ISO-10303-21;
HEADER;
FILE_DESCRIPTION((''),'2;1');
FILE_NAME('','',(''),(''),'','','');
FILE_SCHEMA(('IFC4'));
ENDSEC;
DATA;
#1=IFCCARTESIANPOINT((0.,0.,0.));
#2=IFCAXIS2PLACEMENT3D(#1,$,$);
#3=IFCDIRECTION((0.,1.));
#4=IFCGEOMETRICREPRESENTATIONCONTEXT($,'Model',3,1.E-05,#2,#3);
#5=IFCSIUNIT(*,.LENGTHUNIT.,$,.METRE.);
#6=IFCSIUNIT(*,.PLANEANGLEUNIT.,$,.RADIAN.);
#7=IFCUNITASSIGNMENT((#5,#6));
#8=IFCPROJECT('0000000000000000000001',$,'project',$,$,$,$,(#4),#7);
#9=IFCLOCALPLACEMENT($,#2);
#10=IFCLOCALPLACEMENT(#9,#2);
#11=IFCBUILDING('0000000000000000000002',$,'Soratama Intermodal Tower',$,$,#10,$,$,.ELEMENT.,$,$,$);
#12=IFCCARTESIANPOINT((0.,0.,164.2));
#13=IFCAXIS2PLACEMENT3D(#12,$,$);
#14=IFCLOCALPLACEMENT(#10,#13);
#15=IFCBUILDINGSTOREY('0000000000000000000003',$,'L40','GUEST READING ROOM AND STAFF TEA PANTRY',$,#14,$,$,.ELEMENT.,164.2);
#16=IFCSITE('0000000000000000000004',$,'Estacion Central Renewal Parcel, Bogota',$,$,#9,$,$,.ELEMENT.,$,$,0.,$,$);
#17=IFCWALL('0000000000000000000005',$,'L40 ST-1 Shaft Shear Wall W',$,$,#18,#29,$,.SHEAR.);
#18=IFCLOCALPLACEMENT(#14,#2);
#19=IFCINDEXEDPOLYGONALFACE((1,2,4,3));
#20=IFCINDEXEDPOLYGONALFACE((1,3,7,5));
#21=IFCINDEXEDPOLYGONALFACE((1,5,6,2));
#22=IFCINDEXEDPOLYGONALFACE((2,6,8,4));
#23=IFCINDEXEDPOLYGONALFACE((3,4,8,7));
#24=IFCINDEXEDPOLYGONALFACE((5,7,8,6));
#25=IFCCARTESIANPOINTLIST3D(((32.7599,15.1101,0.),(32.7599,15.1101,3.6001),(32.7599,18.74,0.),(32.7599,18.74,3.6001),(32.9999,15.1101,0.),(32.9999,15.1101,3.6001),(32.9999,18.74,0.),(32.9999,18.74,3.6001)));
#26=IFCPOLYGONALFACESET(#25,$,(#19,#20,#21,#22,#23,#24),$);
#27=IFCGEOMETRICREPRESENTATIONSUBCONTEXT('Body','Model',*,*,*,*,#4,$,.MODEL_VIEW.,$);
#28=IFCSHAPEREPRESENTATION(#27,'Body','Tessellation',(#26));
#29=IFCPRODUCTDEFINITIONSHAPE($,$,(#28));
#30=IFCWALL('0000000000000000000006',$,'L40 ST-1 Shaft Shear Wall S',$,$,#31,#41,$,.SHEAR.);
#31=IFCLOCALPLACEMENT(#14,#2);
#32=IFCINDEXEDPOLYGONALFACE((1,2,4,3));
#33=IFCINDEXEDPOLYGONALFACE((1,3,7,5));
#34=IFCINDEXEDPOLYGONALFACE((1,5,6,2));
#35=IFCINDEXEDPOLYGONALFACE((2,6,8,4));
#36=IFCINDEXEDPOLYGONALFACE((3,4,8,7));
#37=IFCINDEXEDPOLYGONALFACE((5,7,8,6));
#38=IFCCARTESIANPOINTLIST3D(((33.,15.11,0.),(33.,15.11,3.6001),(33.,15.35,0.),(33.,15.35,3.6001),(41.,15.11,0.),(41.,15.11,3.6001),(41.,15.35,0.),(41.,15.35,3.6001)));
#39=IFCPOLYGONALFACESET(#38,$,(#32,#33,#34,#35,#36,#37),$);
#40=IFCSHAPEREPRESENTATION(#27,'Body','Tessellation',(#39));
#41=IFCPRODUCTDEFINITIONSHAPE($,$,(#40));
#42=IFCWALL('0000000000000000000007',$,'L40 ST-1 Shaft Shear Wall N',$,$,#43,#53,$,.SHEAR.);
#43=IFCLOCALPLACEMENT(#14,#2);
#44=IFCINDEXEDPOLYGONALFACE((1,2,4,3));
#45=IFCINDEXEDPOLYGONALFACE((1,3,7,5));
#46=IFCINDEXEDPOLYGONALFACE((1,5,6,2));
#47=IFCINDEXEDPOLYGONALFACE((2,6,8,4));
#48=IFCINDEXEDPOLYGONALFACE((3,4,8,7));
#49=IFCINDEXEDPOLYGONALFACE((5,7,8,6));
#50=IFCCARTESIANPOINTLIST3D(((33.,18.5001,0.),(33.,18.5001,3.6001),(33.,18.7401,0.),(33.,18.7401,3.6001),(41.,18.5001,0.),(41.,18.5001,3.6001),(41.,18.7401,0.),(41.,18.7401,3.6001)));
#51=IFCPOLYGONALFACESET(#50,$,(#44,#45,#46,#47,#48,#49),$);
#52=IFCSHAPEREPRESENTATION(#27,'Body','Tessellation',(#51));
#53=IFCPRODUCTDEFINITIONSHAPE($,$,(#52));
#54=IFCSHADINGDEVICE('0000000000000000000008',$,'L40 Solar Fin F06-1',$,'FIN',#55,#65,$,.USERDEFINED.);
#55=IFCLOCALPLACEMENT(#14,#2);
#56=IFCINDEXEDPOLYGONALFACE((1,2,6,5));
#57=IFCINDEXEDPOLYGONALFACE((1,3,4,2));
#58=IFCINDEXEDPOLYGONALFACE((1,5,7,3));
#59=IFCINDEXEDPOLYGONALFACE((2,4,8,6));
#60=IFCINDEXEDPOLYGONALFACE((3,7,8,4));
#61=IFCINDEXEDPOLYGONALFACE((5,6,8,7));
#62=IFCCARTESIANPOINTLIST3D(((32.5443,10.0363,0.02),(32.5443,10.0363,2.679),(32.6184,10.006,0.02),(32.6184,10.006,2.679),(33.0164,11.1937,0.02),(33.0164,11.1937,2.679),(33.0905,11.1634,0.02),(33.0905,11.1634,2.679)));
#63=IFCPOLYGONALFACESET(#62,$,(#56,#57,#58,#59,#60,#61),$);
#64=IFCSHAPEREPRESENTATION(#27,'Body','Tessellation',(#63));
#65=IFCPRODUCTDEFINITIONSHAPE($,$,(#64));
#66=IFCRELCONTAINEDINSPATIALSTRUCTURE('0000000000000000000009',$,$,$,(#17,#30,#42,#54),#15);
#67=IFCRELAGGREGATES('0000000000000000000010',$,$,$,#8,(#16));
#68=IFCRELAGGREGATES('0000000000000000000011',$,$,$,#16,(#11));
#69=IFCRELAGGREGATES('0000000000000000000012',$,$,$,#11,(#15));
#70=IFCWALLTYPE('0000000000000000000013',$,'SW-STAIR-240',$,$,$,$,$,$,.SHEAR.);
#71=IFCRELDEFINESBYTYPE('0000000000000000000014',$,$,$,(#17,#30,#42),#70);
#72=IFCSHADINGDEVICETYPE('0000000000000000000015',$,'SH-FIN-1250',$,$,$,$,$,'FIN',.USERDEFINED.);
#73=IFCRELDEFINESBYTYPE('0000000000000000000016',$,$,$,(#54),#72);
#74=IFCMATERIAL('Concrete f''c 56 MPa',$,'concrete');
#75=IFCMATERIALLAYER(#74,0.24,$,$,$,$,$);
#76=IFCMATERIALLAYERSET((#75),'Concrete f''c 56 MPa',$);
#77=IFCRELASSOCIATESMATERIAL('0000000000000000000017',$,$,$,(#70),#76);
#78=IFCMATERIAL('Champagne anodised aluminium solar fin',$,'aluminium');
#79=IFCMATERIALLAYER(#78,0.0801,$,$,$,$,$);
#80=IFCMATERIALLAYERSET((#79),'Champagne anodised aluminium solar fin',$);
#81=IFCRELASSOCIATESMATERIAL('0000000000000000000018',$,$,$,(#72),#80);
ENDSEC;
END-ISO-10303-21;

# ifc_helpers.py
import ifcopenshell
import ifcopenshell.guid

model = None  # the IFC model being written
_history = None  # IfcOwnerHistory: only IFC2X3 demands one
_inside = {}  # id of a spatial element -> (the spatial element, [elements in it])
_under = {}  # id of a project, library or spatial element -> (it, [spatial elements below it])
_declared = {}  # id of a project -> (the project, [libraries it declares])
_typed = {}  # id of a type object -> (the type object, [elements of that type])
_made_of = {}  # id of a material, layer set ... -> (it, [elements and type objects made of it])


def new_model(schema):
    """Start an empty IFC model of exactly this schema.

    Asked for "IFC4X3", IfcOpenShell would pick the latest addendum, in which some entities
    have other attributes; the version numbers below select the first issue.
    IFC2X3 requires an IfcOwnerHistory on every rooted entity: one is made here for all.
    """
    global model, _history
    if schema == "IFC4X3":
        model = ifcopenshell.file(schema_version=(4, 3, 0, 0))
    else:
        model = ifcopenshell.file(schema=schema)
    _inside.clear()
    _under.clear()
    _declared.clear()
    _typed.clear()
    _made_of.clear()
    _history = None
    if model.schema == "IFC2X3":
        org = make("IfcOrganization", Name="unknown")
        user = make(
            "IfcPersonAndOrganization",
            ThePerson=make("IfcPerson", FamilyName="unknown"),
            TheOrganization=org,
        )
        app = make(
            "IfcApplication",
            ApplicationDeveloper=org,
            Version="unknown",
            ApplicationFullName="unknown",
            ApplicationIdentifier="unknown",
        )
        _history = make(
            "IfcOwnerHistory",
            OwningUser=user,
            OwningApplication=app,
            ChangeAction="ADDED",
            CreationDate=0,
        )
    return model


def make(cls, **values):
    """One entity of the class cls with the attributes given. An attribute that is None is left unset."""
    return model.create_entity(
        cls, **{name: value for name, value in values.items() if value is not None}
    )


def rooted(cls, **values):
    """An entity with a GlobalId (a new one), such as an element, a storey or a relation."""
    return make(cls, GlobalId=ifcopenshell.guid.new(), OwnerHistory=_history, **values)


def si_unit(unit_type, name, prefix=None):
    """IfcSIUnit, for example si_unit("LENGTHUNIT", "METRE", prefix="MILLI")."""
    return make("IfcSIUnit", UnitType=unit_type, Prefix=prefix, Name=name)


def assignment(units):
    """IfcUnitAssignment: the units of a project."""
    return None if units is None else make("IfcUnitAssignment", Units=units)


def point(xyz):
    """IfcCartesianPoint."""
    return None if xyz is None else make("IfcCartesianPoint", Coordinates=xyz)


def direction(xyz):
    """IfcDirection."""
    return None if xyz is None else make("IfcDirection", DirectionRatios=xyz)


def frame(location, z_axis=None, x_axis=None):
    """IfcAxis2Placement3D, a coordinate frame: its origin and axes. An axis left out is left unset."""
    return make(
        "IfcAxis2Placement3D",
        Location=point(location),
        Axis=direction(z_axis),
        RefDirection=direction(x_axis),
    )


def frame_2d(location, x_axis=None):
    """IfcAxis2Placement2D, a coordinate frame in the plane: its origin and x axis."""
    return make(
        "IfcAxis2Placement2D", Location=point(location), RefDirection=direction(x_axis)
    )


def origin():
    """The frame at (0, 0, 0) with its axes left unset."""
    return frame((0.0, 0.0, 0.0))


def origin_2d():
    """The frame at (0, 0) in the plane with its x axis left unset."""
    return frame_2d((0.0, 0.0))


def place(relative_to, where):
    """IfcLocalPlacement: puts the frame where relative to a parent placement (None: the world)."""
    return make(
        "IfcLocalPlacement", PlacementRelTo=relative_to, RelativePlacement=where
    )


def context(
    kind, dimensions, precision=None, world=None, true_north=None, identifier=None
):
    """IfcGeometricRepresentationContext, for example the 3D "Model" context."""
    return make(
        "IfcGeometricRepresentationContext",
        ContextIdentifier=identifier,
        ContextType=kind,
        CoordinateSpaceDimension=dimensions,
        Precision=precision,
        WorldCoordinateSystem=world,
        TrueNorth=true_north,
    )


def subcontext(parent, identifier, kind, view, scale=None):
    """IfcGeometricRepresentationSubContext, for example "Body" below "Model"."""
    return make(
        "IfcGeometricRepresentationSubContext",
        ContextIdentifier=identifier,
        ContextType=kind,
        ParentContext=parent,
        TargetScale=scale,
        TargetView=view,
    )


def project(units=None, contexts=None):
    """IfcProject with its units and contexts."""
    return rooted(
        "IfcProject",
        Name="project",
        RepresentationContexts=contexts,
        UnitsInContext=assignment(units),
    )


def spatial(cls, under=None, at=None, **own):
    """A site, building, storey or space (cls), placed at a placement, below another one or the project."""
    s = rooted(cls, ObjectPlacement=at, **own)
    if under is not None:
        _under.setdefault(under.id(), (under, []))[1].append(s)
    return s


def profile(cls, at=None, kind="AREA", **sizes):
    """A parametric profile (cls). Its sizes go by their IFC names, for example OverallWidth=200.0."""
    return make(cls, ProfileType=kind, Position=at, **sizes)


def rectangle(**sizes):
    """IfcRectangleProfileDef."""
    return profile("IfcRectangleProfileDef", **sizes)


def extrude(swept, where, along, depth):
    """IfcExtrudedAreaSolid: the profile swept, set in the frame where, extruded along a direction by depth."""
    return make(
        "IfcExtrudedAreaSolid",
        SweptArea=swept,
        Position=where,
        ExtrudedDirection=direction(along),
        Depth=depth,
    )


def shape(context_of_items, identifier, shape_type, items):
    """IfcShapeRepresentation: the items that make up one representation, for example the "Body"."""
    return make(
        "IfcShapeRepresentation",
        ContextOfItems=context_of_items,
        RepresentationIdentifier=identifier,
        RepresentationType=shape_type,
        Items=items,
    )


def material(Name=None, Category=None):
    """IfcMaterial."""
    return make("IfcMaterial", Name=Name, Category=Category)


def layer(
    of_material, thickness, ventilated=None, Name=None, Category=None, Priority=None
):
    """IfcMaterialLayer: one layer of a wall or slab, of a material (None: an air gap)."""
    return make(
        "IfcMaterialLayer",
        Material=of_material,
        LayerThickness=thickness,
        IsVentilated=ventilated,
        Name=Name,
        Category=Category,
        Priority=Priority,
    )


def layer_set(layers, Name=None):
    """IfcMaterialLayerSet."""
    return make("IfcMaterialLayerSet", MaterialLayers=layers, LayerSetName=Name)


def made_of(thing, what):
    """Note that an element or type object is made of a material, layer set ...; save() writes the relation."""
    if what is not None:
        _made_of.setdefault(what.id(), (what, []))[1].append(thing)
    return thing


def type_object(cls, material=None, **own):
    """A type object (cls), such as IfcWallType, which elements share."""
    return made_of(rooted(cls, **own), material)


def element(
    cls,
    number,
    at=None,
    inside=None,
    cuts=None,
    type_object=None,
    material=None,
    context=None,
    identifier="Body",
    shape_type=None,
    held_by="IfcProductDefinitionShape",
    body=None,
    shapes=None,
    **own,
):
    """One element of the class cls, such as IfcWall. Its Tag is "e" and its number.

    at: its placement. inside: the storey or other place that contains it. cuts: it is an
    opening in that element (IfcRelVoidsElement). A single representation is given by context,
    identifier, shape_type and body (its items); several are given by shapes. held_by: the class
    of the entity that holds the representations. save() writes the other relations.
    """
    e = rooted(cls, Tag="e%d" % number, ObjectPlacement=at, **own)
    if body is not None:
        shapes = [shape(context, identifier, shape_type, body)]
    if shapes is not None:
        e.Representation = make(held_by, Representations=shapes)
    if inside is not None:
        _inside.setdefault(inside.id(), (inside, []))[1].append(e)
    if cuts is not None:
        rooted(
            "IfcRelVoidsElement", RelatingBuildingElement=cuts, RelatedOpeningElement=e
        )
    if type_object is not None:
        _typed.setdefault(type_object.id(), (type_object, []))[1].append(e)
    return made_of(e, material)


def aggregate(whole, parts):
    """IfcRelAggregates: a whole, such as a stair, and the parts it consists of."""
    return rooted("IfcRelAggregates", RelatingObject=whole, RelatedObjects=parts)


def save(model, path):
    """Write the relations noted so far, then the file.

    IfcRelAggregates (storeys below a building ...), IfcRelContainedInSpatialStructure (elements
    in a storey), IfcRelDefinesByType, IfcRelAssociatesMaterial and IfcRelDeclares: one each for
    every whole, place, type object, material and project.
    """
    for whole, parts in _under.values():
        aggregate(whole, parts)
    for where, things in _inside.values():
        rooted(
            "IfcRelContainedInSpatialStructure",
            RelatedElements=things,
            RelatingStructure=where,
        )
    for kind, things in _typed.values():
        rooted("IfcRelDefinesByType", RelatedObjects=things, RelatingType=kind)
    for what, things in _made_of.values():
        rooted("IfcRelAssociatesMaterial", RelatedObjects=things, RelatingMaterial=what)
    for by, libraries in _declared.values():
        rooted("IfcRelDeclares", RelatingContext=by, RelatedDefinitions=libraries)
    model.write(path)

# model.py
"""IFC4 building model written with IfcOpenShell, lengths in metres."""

from ifc_helpers import new_model, si_unit, direction, frame, frame_2d, origin, origin_2d, place, context, subcontext, project, spatial, rectangle, extrude, material, layer, layer_set, type_object, element, save


model = new_model("IFC4")

# Units and contexts
model_context = context("Model", 3, precision=1e-05, world=origin(), true_north=direction((0.0, 1.0)))
body_context = subcontext(model_context, "Body", "Model", "MODEL_VIEW")
ifc_project = project(units=[si_unit("LENGTHUNIT", "METRE"), si_unit("PLANEANGLEUNIT", "RADIAN")], contexts=[model_context])

# Site, building, storey
site_placement = place(None, origin())
site = spatial("IfcSite", under=ifc_project, at=site_placement, Name="Estacion Central Renewal Parcel, Bogota", CompositionType="ELEMENT", RefElevation=0.0)
building_placement = place(site_placement, origin())
building = spatial("IfcBuilding", under=site, at=building_placement, Name="Soratama Intermodal Tower", CompositionType="ELEMENT")
storey_placement = place(building_placement, frame((0.0, 0.0, 164.2)))
storey = spatial("IfcBuildingStorey", under=building, at=storey_placement, Name="L40", Description="GUEST READING ROOM AND STAFF TEA PANTRY", CompositionType="ELEMENT", Elevation=164.2)

# Walls
ifc_material_1 = material(Name="Concrete f'c 56 MPa", Category="concrete")
ifc_layer_1 = layer(ifc_material_1, 0.24)
ifc_layer_set_1 = layer_set([ifc_layer_1], Name="Concrete f'c 56 MPa")
wall_type_1 = type_object("IfcWallType", Name="SW-STAIR-240", PredefinedType="SHEAR", material=ifc_layer_set_1)
wall_1_placement = place(storey_placement, frame((32.8799, 15.1101, 0.0), z_axis=(0.0, 0.0, 1.0), x_axis=(0.0, 1.0, 0.0)))
element("IfcWall", 1, at=wall_1_placement, inside=storey, type_object=wall_type_1, Name="L40 ST-1 Shaft Shear Wall W", PredefinedType="SHEAR", context=body_context, shape_type="SweptSolid", body=[
    extrude(rectangle(XDim=3.6299, YDim=0.24, at=frame_2d((1.8149, 0.0))), origin(), (0.0, 0.0, 1.0), 3.6001),
])
for number, where, z_axis, x_axis, name in (
    (2, (33.0, 15.23, 0.0), (0.0, 0.0, 1.0), (1.0, 0.0, 0.0), "L40 ST-1 Shaft Shear Wall S"),
    (3, (33.0, 18.6201, 0.0), (0.0, 0.0, 1.0), (1.0, 0.0, 0.0), "L40 ST-1 Shaft Shear Wall N"),
):
    element("IfcWall", number, at=place(storey_placement, frame(where, z_axis=z_axis, x_axis=x_axis)), inside=storey, type_object=wall_type_1, Name=name, PredefinedType="SHEAR", context=body_context, shape_type="SweptSolid", body=[
        extrude(rectangle(XDim=8.0, YDim=0.24, at=frame_2d((4.0, 0.0))), origin(), (0.0, 0.0, 1.0), 3.6001),
    ])

# Shading device
ifc_material_2 = material(Name="Champagne anodised aluminium solar fin", Category="aluminium")
ifc_layer_2 = layer(ifc_material_2, 0.0801)
ifc_layer_set_2 = layer_set([ifc_layer_2], Name="Champagne anodised aluminium solar fin")
shading_device_type = type_object("IfcShadingDeviceType", Name="SH-FIN-1250", ElementType="FIN", PredefinedType="USERDEFINED", material=ifc_layer_set_2)
shading_device_placement = place(storey_placement, frame((32.8174, 10.5999, 0.02), z_axis=(0.0, 0.0, 1.0), x_axis=(-0.377679, -0.925937, 0.0)))
element("IfcShadingDevice", 4, at=shading_device_placement, inside=storey, type_object=shading_device_type, Name="L40 Solar Fin F06-1", ObjectType="FIN", PredefinedType="USERDEFINED", context=body_context, shape_type="SweptSolid", body=[
    extrude(rectangle(XDim=1.25, YDim=0.0801, at=origin_2d()), origin(), (0.0, 0.0, 1.0), 2.6589),
])

save(model, "model.ifc")
